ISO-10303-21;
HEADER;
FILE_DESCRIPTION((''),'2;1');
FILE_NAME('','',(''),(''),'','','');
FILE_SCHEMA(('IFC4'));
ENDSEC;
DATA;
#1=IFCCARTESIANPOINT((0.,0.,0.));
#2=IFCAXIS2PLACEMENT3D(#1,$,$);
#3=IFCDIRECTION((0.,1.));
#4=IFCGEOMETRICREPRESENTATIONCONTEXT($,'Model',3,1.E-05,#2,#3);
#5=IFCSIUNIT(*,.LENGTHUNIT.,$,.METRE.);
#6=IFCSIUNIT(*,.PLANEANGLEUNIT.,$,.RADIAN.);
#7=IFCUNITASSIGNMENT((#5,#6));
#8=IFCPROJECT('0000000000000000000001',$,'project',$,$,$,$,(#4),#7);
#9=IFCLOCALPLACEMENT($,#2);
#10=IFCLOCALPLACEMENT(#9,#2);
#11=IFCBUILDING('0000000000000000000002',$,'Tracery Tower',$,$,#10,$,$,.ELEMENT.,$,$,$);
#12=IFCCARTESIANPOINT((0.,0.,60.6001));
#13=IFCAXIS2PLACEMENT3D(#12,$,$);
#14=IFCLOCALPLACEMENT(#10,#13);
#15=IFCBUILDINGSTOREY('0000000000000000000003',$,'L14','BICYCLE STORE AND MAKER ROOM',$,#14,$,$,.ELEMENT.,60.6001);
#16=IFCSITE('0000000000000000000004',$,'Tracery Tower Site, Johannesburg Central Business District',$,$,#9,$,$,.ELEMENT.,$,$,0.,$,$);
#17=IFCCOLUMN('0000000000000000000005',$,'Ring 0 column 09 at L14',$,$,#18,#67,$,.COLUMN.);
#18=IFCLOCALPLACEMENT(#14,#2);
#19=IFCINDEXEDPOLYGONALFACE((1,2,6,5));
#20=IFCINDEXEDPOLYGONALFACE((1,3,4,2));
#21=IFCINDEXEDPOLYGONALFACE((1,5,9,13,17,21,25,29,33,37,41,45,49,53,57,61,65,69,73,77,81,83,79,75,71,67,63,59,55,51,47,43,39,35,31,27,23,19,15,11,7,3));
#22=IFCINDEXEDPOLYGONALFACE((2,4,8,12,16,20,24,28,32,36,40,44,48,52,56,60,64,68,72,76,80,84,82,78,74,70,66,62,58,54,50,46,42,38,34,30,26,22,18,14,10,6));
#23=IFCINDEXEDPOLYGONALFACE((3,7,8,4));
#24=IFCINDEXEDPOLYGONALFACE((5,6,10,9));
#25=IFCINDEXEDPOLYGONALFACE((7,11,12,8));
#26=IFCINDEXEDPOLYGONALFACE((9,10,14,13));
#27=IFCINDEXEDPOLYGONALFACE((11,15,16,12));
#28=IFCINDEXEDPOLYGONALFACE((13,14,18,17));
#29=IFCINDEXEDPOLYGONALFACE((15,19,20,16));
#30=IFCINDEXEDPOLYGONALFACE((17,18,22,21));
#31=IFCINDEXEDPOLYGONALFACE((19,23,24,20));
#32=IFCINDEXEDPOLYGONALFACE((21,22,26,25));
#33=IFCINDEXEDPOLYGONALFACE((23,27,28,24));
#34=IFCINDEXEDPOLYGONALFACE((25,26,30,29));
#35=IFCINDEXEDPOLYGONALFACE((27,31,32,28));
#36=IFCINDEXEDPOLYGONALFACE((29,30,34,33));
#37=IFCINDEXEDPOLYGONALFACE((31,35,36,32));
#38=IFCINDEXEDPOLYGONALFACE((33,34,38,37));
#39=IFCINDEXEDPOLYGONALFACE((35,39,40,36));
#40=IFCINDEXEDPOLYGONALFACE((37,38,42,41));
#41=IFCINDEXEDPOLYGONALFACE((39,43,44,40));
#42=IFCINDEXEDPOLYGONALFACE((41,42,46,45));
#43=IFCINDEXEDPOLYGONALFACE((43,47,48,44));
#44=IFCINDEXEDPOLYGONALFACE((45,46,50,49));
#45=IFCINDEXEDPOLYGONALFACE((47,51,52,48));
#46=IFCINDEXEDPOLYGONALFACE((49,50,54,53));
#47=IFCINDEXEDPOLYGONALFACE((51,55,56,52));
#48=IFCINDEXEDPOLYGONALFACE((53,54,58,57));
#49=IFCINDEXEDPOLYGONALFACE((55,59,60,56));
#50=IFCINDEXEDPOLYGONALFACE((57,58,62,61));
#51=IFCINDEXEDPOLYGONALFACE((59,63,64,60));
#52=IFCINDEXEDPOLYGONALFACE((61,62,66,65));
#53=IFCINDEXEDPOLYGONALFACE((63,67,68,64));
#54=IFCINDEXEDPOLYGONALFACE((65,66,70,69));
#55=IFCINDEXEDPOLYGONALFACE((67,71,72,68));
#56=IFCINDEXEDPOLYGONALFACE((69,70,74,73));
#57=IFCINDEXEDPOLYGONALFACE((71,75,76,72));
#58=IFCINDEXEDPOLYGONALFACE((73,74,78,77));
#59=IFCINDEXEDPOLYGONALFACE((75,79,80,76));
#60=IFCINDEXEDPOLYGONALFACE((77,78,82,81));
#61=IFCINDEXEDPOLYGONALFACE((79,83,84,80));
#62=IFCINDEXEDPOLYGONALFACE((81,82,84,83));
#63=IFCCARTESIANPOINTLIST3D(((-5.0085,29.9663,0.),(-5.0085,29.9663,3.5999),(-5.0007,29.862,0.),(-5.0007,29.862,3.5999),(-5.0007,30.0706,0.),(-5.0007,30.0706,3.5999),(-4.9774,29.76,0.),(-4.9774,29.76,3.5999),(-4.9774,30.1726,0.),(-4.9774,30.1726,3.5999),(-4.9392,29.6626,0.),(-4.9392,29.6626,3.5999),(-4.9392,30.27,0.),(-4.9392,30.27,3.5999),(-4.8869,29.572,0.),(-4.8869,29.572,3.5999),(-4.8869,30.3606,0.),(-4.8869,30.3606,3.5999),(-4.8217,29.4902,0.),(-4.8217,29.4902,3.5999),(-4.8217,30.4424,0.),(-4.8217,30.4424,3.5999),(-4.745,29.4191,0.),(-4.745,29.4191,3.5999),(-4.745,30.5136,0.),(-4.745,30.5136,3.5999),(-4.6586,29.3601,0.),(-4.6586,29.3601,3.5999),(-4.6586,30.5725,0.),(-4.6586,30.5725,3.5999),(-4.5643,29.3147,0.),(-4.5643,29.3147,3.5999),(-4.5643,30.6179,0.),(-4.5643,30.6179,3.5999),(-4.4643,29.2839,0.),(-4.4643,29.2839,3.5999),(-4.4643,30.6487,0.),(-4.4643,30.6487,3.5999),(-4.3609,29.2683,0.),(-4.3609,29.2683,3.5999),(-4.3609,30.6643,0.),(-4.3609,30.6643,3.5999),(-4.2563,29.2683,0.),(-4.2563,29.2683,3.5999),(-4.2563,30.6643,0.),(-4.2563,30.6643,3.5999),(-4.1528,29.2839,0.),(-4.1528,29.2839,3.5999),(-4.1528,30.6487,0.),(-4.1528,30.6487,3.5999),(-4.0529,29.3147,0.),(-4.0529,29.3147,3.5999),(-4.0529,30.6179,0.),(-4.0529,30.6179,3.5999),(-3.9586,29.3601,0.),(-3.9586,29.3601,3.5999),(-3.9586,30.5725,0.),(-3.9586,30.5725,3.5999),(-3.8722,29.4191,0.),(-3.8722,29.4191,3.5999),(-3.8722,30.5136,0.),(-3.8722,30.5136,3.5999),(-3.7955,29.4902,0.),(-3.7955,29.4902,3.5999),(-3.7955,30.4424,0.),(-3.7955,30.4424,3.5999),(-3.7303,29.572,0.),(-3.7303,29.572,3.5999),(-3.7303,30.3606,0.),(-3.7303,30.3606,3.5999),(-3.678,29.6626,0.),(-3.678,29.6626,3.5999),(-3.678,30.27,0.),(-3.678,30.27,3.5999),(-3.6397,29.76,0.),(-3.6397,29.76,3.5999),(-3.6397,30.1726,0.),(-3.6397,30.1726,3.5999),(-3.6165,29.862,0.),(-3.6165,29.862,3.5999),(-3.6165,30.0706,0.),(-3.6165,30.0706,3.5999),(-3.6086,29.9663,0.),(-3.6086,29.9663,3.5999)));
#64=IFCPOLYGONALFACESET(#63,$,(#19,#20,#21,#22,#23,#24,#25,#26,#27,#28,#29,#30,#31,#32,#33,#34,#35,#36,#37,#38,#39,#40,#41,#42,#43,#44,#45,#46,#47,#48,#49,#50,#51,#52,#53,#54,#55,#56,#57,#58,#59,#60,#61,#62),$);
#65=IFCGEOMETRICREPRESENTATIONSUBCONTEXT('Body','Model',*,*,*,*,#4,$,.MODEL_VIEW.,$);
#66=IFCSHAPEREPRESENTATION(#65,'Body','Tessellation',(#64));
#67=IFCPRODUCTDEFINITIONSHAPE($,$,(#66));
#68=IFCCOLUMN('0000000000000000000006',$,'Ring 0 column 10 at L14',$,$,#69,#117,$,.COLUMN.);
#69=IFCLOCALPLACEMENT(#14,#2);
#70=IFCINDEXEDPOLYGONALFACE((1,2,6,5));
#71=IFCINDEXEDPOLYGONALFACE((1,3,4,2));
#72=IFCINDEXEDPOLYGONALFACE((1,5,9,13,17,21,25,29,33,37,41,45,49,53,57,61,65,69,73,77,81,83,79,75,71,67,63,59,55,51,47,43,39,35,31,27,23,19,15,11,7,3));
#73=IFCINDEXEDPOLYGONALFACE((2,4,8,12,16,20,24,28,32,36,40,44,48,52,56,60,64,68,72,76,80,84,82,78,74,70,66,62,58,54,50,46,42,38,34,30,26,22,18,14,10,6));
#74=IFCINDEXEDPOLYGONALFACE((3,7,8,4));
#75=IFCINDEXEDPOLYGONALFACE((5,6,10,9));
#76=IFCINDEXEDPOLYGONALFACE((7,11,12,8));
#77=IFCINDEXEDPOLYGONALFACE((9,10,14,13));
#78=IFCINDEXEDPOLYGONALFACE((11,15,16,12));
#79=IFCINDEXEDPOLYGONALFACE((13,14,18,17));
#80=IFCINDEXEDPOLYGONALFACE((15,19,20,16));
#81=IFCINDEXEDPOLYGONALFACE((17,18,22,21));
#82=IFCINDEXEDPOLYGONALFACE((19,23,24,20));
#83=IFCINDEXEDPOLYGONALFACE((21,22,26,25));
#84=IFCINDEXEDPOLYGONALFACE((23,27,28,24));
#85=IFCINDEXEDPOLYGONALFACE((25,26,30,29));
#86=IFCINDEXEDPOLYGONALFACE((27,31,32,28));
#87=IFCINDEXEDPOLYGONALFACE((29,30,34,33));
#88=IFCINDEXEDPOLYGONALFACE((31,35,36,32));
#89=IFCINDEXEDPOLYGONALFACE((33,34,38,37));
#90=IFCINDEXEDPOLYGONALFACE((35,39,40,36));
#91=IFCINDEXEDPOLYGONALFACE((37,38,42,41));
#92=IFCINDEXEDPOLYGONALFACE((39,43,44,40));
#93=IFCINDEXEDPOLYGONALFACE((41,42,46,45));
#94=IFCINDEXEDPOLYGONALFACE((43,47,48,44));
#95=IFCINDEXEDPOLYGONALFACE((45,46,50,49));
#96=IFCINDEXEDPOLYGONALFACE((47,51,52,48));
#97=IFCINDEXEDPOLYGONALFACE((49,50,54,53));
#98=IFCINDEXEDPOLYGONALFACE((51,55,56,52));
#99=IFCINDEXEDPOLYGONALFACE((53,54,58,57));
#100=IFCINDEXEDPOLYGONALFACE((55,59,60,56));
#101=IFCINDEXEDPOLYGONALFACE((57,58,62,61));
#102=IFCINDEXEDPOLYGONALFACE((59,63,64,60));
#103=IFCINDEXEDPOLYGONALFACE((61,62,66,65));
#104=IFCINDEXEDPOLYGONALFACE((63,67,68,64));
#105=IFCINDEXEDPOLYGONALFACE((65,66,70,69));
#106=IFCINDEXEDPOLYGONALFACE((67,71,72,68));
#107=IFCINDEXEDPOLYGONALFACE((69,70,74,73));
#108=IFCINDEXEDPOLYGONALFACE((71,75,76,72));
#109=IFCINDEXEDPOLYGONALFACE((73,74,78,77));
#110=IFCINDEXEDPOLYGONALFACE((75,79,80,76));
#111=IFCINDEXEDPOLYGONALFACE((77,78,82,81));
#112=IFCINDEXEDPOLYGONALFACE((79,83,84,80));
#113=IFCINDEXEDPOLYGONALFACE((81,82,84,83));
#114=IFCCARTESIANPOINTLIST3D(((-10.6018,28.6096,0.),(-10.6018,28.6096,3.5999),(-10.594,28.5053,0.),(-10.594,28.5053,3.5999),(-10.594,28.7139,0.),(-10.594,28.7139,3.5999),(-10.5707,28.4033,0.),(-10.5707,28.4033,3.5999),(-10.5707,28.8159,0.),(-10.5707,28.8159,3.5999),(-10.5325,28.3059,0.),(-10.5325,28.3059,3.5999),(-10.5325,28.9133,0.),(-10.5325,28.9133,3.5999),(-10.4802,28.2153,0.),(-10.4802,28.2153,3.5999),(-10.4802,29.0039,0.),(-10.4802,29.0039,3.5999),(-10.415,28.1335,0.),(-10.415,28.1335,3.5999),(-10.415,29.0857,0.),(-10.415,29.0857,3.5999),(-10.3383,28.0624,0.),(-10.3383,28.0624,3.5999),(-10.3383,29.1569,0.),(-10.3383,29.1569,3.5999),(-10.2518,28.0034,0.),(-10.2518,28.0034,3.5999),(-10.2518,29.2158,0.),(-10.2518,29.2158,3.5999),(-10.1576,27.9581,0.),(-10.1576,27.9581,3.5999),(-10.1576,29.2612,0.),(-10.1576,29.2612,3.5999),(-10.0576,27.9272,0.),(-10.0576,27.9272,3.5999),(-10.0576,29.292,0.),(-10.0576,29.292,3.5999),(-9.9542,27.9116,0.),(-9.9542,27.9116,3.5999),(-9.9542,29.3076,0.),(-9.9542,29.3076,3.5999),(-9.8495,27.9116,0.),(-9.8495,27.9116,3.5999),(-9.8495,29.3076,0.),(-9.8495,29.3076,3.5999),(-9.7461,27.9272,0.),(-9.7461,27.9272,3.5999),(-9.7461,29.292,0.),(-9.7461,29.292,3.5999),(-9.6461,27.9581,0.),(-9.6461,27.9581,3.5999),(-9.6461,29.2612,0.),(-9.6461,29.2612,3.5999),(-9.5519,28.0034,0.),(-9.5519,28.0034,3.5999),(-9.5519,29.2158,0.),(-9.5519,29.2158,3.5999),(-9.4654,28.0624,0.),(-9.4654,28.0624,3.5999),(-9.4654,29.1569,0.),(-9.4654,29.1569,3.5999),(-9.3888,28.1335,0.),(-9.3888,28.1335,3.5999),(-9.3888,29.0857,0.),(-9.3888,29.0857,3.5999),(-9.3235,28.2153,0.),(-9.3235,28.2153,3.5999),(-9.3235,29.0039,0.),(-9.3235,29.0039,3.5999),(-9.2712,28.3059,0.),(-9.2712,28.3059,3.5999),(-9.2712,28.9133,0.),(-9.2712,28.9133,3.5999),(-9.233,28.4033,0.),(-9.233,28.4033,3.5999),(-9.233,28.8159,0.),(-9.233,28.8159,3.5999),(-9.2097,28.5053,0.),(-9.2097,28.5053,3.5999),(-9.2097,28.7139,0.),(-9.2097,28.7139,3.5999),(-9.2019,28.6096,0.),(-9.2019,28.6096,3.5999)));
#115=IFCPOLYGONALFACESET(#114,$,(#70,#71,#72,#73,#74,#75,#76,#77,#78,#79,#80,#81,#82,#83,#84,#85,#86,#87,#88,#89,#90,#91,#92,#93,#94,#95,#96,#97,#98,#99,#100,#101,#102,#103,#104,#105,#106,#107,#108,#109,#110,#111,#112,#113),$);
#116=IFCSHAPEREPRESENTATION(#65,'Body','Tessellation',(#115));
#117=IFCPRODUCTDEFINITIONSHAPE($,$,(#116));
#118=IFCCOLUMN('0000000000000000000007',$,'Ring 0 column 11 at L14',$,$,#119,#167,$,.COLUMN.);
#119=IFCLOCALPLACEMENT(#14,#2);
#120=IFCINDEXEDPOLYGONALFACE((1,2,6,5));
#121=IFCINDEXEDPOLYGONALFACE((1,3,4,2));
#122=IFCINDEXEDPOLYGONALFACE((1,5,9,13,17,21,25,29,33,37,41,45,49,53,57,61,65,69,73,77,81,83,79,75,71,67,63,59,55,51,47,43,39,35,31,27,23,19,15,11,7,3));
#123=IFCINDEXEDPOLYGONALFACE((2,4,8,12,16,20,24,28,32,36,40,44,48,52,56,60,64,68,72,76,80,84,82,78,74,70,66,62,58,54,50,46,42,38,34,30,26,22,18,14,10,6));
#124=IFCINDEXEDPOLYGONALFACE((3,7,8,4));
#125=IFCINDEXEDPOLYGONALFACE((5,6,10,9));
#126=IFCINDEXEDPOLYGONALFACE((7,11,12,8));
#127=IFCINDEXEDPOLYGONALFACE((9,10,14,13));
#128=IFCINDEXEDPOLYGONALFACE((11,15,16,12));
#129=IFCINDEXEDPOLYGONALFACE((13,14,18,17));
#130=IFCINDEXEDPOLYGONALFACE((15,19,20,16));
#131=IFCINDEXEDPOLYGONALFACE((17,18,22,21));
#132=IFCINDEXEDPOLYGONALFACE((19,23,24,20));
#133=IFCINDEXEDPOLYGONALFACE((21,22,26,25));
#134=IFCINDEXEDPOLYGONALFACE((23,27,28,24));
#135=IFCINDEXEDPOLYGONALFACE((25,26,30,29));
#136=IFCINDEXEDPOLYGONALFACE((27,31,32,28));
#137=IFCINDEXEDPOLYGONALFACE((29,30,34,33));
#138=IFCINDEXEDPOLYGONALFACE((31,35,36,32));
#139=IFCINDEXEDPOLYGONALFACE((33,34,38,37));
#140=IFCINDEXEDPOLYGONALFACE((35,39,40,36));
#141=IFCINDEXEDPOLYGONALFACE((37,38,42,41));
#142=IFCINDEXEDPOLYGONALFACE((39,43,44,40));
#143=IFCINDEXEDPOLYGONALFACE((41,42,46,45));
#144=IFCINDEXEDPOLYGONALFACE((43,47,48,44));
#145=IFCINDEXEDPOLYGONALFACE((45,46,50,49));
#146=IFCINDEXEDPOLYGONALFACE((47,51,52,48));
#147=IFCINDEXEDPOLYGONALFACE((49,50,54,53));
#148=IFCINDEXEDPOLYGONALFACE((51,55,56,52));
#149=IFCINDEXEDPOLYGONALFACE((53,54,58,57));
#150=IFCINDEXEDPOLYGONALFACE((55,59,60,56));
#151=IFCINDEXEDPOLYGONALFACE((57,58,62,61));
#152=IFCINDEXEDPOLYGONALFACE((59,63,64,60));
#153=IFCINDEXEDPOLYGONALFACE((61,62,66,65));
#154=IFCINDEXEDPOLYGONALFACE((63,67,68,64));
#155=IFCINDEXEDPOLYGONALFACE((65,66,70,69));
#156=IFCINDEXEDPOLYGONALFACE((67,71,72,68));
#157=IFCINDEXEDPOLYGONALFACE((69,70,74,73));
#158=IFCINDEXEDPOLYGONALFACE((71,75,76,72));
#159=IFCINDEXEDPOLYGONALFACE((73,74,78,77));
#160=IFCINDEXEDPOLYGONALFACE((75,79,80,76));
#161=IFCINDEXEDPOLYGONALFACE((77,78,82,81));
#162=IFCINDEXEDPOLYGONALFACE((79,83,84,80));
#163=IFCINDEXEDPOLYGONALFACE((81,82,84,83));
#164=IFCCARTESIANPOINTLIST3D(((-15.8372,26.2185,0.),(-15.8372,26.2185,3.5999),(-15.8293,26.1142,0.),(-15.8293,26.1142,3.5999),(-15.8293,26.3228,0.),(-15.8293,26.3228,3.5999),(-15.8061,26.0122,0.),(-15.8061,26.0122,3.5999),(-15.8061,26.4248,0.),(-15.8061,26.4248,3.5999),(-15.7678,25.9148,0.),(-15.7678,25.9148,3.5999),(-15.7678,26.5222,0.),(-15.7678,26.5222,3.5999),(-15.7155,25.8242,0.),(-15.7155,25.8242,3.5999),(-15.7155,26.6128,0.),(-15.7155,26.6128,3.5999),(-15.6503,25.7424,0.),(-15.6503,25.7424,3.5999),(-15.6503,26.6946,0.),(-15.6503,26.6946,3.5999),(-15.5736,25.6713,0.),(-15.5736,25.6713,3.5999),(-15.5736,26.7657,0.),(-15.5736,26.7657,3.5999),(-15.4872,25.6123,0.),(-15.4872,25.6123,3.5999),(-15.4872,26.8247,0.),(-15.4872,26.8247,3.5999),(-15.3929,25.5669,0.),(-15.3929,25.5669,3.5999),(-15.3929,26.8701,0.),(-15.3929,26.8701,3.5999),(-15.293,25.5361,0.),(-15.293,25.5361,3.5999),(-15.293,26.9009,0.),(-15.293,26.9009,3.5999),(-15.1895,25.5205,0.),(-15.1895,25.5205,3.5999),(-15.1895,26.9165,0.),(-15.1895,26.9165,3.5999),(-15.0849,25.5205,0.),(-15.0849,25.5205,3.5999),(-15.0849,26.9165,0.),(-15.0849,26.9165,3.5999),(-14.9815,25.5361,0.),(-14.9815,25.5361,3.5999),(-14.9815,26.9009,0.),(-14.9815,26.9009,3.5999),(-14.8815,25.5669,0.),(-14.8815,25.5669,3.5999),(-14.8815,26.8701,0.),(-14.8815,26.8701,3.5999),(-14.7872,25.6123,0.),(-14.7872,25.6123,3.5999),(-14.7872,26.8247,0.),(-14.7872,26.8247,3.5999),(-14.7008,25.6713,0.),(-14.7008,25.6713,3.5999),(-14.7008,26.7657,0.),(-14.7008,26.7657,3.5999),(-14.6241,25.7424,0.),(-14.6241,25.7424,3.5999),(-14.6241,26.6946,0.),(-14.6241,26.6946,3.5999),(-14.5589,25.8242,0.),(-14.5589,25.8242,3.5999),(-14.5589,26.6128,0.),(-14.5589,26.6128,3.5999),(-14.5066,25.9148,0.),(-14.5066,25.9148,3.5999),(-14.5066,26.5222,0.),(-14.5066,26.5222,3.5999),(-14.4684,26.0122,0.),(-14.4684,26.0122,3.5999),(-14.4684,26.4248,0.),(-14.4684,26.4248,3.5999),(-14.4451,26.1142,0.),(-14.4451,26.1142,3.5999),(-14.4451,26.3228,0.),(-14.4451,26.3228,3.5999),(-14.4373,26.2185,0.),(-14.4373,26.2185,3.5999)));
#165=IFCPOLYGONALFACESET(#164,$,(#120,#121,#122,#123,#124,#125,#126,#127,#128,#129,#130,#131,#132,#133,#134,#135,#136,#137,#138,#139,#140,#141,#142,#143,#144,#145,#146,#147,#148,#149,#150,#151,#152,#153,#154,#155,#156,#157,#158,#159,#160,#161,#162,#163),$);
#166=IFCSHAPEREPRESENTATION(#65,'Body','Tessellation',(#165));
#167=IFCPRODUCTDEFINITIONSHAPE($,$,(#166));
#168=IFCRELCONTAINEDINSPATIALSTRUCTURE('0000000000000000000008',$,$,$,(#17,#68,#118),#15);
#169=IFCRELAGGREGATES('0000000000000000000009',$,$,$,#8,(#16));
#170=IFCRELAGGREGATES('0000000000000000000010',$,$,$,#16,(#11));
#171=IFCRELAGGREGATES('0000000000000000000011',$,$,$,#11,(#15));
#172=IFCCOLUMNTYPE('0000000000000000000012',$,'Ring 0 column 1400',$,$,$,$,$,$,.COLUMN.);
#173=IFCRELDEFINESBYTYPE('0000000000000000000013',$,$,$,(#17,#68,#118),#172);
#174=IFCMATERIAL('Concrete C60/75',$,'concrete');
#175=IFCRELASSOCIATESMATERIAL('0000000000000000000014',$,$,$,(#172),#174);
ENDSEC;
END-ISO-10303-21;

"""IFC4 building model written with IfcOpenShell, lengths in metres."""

from ifc_helpers import new_model, si_unit, direction, frame, origin, origin_2d, place, context, subcontext, project, spatial, circle, extrude, material, material_profile, profile_set, type_object, element, save


model = new_model("IFC4")

# Units and contexts
model_context = context("Model", 3, precision=1e-05, world=origin(), true_north=direction((0.0, 1.0)))
body_context = subcontext(model_context, "Body", "Model", "MODEL_VIEW")
ifc_project = project(units=[si_unit("LENGTHUNIT", "METRE"), si_unit("PLANEANGLEUNIT", "RADIAN")], contexts=[model_context])

# Site, building, storey
site_placement = place(None, origin())
site = spatial("IfcSite", under=ifc_project, at=site_placement, Name="Tracery Tower Site, Johannesburg Central Business District", CompositionType="ELEMENT", RefElevation=0.0)
building_placement = place(site_placement, origin())
building = spatial("IfcBuilding", under=site, at=building_placement, Name="Tracery Tower", CompositionType="ELEMENT")
storey_placement = place(building_placement, frame((0.0, 0.0, 60.6001)))
storey = spatial("IfcBuildingStorey", under=building, at=storey_placement, Name="L14", Description="BICYCLE STORE AND MAKER ROOM", CompositionType="ELEMENT", Elevation=60.6001)

# Columns
ifc_material_1 = material(Name="Concrete C60/75", Category="concrete")
ifc_material_profile_1 = material_profile(ifc_material_1, circle(Radius=0.7, at=origin_2d()), Name="RC D1400")
ifc_profile_set_1 = profile_set([ifc_material_profile_1], Name="Concrete C60/75")
column_type_1 = type_object("IfcColumnType", Name="Ring 0 column 1400", PredefinedType="COLUMN", material=ifc_profile_set_1)
for number, where, z_axis, x_axis, name in (
    (1, (-4.3086, 29.9663, 0.0), (0.0, 0.0, 1.0), (1.0, 0.0, 0.0), "Ring 0 column 09 at L14"),
    (2, (-9.9019, 28.6096, 0.0), (0.0, 0.0, 1.0), (1.0, 0.0, 0.0), "Ring 0 column 10 at L14"),
    (3, (-15.1372, 26.2185, 0.0), (0.0, 0.0, 1.0), (1.0, 0.0, 0.0), "Ring 0 column 11 at L14"),
):
    element("IfcColumn", number, at=place(storey_placement, frame(where, z_axis=z_axis, x_axis=x_axis)), inside=storey, type_object=column_type_1, Name=name, PredefinedType="COLUMN", context=body_context, shape_type="SweptSolid", body=[
        extrude(circle(Radius=0.7, at=origin_2d()), origin(), (0.0, 0.0, 1.0), 3.5999),
    ])

save(model, "model.ifc")
